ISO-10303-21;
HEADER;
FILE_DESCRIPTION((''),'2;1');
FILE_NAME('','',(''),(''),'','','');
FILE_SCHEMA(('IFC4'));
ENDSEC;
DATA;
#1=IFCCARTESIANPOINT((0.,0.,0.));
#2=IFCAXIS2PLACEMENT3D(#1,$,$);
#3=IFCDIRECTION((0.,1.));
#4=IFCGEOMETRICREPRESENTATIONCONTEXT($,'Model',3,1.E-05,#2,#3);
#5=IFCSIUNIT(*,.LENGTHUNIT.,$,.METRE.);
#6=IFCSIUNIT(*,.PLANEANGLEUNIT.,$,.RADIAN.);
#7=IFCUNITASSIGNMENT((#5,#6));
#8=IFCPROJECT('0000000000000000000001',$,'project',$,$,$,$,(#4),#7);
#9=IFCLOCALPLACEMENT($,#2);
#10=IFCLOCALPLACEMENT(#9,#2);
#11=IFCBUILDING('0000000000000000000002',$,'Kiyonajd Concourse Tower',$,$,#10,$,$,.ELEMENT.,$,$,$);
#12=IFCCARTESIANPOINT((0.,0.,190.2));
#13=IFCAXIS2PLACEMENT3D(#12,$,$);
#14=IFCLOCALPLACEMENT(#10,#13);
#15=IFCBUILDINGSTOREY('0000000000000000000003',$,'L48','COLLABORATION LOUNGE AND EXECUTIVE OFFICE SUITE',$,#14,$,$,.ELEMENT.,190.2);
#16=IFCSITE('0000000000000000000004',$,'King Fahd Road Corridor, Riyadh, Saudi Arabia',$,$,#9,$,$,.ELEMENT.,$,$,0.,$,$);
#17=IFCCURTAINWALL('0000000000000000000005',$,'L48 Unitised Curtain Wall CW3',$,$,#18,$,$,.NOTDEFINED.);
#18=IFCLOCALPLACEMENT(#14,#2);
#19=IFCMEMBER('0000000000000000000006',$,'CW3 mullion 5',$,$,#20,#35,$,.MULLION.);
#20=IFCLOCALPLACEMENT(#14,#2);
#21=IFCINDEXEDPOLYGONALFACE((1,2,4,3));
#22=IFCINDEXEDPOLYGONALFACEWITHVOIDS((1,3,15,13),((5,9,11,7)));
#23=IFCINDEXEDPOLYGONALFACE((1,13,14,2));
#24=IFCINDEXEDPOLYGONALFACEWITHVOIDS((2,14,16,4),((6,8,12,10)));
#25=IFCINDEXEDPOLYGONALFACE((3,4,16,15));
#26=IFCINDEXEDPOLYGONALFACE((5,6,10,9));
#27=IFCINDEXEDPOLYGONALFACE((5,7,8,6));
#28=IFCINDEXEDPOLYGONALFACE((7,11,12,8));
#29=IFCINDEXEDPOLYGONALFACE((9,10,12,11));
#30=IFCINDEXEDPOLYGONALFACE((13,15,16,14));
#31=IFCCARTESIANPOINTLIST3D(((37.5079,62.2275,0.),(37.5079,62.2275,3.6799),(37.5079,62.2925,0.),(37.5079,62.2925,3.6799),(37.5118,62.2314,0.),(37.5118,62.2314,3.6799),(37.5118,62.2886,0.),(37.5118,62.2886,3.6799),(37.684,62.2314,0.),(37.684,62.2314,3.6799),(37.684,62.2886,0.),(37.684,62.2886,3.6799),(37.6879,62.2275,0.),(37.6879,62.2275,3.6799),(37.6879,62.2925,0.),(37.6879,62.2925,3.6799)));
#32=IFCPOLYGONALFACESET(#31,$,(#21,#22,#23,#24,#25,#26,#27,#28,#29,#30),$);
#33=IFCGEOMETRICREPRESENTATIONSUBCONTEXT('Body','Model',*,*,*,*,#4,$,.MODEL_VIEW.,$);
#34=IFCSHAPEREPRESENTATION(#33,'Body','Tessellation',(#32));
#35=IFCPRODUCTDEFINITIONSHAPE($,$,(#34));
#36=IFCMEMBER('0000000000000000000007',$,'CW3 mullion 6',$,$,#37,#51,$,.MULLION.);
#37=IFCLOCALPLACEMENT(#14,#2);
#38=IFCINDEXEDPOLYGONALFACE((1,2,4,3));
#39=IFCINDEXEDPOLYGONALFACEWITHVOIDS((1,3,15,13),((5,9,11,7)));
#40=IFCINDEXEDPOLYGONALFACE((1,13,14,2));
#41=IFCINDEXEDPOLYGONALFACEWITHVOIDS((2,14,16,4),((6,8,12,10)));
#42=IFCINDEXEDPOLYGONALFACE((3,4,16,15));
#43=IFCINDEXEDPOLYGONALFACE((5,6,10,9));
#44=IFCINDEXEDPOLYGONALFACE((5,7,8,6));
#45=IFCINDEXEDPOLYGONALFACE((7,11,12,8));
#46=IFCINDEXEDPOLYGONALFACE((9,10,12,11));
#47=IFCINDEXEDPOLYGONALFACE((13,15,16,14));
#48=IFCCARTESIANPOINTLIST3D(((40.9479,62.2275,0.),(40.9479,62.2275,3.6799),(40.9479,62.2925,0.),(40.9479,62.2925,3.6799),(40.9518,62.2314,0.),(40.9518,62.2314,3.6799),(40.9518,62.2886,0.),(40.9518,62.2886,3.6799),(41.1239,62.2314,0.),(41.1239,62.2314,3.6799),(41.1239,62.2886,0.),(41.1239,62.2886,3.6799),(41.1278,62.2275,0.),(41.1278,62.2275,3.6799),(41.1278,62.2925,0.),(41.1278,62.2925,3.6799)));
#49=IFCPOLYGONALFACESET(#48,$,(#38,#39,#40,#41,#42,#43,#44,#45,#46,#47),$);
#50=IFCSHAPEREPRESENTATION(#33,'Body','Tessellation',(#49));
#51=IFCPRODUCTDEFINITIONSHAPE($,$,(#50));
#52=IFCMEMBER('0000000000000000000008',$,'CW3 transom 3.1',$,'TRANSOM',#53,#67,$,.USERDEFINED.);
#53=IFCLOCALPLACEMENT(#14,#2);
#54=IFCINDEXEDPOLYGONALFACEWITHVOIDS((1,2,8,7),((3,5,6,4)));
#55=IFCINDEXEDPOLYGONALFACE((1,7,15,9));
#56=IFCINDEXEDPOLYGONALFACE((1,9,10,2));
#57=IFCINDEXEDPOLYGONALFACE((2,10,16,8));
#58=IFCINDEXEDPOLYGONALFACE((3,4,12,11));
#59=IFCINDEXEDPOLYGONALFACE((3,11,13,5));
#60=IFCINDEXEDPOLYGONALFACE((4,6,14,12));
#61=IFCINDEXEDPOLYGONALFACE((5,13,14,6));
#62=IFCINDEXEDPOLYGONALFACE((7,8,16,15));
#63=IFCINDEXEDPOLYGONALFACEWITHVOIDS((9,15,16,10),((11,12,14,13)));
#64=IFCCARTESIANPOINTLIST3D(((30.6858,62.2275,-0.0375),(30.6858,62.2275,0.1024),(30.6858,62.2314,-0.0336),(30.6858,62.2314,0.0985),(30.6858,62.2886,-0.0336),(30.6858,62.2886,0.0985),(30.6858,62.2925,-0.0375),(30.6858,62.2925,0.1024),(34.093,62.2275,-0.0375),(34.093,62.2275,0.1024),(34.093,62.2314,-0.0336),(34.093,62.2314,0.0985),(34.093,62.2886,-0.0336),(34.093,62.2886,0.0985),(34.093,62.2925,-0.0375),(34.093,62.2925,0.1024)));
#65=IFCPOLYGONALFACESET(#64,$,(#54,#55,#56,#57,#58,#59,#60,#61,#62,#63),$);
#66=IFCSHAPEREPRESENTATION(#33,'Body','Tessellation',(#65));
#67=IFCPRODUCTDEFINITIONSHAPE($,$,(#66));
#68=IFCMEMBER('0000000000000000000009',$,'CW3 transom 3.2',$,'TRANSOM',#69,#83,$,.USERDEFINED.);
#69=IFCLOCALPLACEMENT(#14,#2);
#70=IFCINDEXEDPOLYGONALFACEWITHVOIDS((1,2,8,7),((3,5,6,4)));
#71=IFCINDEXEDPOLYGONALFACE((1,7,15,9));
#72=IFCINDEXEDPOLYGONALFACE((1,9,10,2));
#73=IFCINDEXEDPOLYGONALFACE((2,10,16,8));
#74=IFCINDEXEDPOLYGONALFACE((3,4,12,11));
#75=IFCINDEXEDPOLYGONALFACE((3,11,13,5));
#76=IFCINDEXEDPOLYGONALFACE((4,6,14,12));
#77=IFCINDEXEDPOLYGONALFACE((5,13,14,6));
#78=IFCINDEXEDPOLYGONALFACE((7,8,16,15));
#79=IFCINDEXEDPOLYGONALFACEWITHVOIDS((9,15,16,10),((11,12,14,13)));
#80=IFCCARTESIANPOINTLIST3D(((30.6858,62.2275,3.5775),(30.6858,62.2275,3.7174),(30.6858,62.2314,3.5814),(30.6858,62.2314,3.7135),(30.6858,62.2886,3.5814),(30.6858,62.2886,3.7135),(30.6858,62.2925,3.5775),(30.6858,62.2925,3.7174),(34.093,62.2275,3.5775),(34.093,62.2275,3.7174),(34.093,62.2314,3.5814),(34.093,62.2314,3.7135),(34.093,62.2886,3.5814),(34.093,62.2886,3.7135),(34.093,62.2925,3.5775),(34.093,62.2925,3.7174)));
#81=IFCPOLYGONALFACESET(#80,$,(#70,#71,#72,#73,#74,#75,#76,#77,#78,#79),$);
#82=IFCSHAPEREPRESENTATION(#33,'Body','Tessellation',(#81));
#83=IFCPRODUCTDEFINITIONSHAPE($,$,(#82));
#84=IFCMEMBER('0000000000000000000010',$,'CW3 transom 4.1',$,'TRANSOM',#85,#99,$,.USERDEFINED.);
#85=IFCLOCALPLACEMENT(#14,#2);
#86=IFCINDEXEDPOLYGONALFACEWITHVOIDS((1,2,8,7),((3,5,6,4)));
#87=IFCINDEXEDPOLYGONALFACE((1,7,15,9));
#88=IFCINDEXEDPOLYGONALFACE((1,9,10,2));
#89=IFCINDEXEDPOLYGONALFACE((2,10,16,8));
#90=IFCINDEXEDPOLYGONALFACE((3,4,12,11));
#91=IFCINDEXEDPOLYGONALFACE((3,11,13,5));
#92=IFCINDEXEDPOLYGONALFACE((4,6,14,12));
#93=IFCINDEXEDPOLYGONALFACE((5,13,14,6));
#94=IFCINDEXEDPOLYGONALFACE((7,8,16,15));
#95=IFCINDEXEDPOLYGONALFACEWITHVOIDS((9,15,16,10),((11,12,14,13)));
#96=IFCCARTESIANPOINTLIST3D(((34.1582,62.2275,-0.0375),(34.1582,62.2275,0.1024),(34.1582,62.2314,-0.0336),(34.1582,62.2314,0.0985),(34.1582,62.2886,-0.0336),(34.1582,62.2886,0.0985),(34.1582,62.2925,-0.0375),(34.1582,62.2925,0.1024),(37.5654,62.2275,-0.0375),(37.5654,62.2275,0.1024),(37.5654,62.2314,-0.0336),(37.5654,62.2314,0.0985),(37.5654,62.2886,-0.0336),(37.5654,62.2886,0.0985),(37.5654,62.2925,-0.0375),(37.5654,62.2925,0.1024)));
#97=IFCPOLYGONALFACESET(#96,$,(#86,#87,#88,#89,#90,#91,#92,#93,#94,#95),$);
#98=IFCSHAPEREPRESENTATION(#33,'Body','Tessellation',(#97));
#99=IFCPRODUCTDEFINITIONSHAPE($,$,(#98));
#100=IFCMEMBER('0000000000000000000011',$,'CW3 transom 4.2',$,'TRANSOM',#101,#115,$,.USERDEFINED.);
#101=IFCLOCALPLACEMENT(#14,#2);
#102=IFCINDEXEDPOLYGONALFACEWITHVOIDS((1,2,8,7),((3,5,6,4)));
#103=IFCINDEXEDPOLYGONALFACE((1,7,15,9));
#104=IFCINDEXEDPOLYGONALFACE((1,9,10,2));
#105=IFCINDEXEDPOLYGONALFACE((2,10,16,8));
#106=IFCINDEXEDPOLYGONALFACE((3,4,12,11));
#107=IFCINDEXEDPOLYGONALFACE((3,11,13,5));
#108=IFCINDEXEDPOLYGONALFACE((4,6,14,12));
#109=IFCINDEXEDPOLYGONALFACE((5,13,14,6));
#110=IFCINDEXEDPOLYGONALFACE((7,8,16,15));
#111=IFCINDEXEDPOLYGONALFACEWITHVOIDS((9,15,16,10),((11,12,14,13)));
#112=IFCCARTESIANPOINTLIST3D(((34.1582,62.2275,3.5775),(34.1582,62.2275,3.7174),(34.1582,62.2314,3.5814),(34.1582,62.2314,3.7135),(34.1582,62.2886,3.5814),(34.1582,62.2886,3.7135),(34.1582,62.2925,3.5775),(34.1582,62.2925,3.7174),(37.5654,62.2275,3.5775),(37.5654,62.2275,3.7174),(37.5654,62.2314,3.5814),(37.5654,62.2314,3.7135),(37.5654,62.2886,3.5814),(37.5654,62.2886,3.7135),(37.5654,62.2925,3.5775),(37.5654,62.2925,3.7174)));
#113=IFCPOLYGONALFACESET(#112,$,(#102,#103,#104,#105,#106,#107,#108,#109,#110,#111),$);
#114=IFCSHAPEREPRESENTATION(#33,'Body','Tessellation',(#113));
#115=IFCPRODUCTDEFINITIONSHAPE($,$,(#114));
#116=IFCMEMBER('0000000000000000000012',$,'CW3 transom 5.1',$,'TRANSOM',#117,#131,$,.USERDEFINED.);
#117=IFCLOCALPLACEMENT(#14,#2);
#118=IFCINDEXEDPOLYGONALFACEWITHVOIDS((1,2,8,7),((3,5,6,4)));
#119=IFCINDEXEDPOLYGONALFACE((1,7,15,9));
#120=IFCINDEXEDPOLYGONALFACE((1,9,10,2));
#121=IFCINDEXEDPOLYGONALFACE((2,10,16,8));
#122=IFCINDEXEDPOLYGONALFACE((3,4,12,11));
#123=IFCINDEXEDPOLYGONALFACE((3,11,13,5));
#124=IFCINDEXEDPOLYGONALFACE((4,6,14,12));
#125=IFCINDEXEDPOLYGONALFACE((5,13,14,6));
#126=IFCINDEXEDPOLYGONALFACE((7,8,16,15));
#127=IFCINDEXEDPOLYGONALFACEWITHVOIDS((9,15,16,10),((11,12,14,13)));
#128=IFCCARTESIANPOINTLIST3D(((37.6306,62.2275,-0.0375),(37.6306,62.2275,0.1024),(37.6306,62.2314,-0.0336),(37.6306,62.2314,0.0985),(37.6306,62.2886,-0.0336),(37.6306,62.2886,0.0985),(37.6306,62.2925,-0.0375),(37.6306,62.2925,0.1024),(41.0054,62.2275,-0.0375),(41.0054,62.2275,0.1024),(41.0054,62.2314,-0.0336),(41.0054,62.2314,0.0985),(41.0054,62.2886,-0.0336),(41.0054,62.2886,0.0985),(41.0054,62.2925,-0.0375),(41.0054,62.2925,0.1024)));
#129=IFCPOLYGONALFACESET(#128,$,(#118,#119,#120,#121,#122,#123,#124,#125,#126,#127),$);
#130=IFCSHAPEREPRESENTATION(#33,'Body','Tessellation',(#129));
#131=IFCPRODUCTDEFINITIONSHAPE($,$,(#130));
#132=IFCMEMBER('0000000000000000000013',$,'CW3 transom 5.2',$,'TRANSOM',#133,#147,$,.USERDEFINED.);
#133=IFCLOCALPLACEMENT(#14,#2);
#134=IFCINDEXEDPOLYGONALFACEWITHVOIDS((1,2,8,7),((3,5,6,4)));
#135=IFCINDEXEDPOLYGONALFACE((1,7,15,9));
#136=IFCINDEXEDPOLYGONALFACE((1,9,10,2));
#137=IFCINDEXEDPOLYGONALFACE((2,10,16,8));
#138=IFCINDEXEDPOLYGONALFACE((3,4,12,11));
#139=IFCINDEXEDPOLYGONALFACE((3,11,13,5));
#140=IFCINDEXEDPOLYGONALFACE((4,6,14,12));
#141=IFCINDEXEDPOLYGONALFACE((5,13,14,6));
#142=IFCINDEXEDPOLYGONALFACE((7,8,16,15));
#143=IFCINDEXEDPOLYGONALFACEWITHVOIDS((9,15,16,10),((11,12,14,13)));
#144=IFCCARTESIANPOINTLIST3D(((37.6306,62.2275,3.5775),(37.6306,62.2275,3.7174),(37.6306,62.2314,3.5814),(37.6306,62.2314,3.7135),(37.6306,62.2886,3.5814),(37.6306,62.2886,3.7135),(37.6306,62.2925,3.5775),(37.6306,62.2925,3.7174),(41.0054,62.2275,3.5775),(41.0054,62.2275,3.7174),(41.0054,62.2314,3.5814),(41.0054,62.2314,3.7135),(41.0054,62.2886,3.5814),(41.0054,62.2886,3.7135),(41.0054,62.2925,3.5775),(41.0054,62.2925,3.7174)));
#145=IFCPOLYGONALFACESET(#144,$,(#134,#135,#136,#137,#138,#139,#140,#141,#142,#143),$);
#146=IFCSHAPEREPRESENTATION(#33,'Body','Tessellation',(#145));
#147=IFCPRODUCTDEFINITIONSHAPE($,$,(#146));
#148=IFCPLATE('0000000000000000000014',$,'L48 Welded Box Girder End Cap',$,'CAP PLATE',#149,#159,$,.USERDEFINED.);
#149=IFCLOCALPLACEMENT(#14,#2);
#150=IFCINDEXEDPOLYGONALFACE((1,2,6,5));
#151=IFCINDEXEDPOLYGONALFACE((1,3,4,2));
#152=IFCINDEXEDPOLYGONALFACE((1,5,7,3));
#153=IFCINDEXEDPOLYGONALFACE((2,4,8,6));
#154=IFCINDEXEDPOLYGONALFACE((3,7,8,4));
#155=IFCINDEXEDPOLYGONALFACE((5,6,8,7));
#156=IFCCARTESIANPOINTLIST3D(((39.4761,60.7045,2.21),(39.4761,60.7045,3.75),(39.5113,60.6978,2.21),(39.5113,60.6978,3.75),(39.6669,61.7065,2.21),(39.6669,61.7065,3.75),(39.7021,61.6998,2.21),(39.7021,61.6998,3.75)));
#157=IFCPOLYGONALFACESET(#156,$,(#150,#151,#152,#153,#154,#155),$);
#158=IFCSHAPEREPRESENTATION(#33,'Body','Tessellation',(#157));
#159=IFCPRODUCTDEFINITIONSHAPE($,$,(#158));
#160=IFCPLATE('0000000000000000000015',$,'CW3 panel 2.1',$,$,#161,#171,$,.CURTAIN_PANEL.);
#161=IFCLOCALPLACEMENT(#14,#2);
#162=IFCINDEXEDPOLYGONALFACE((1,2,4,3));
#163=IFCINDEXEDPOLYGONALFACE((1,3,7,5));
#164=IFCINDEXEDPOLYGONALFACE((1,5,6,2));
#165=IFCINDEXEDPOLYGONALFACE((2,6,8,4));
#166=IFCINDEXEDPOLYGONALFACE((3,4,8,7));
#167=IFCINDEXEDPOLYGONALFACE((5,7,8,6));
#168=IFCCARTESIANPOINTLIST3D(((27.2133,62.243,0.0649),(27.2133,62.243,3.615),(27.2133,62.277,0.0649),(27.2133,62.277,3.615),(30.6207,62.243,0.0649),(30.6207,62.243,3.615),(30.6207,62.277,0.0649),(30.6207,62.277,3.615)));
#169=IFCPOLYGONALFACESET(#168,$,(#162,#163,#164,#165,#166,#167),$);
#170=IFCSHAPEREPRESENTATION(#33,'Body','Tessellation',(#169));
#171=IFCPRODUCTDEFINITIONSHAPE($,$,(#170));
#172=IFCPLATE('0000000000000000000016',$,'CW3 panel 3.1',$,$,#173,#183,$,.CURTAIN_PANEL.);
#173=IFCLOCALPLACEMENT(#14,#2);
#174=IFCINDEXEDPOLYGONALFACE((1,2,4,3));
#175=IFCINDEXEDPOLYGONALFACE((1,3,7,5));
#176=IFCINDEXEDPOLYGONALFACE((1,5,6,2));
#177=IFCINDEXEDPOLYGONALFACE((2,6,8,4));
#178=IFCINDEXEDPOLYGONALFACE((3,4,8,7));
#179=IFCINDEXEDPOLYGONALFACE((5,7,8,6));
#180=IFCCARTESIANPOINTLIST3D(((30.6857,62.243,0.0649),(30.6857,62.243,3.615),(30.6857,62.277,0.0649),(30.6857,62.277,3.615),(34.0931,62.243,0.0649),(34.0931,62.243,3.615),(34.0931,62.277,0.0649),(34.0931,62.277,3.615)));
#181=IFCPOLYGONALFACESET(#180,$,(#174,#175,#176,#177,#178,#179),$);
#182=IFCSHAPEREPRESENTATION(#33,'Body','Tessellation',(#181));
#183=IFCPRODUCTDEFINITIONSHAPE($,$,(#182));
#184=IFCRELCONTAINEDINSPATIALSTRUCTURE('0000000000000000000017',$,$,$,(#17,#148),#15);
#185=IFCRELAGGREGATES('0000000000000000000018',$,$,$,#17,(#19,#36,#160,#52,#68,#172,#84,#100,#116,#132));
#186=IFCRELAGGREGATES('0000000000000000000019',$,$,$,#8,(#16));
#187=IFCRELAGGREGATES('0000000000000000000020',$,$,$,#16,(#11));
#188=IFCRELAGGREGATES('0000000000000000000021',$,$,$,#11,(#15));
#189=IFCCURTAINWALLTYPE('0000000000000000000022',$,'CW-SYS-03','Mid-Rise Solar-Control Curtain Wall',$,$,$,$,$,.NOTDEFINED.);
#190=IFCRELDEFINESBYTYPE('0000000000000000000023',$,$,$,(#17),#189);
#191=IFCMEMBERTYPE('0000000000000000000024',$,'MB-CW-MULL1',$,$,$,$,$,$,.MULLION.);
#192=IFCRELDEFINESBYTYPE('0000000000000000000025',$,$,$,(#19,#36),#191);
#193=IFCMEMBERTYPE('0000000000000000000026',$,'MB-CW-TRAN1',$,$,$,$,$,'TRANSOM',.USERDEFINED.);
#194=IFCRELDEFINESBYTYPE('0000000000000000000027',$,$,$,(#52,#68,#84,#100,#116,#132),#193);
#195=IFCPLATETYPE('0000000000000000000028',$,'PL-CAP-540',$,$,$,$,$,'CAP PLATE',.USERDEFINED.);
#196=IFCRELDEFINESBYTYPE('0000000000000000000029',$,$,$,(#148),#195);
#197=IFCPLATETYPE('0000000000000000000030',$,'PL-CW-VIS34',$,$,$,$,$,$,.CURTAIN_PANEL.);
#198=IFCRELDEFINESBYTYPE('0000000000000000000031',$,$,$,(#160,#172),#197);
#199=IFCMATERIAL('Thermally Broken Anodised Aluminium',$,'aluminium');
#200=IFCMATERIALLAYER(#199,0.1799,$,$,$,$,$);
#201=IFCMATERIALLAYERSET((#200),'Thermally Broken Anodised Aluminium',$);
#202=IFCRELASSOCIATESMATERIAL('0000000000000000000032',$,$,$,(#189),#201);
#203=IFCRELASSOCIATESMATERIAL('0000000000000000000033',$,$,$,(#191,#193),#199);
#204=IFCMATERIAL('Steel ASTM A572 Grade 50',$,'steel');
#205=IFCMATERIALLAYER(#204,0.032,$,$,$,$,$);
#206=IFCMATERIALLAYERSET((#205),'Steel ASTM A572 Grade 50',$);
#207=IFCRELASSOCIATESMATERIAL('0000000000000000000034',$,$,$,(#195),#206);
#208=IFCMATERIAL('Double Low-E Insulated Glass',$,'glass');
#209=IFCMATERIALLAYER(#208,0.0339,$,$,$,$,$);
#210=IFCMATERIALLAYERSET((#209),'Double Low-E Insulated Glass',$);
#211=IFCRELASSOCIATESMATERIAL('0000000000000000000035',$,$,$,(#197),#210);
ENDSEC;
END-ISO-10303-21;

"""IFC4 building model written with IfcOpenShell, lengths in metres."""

from ifc_helpers import new_model, si_unit, direction, frame, origin, origin_2d, place, context, subcontext, project, spatial, rectangle, hollow_rectangle, extrude, material, layer, layer_set, material_profile, profile_set, type_object, element, aggregate, save


model = new_model("IFC4")

# Units and contexts
model_context = context("Model", 3, precision=1e-05, world=origin(), true_north=direction((0.0, 1.0)))
body_context = subcontext(model_context, "Body", "Model", "MODEL_VIEW")
ifc_project = project(units=[si_unit("LENGTHUNIT", "METRE"), si_unit("PLANEANGLEUNIT", "RADIAN")], contexts=[model_context])

# Site, building, storey
site_placement = place(None, origin())
site = spatial("IfcSite", under=ifc_project, at=site_placement, Name="King Fahd Road Corridor, Riyadh, Saudi Arabia", CompositionType="ELEMENT", RefElevation=0.0)
building_placement = place(site_placement, origin())
building = spatial("IfcBuilding", under=site, at=building_placement, Name="Kiyonajd Concourse Tower", CompositionType="ELEMENT")
storey_placement = place(building_placement, frame((0.0, 0.0, 190.2)))
storey = spatial("IfcBuildingStorey", under=building, at=storey_placement, Name="L48", Description="COLLABORATION LOUNGE AND EXECUTIVE OFFICE SUITE", CompositionType="ELEMENT", Elevation=190.2)

# Curtain wall, members
ifc_material_1 = material(Name="Thermally Broken Anodised Aluminium", Category="aluminium")
ifc_layer_1 = layer(ifc_material_1, 0.1799)
ifc_layer_set_1 = layer_set([ifc_layer_1], Name="Thermally Broken Anodised Aluminium")
curtain_wall_type = type_object("IfcCurtainWallType", Name="CW-SYS-03", Description="Mid-Rise Solar-Control Curtain Wall", PredefinedType="NOTDEFINED", material=ifc_layer_set_1)
curtain_wall_placement = place(storey_placement, origin())
curtain_wall = element("IfcCurtainWall", 1, at=curtain_wall_placement, inside=storey, type_object=curtain_wall_type, Name="L48 Unitised Curtain Wall CW3", PredefinedType="NOTDEFINED")
ifc_material_profile_1 = material_profile(ifc_material_1, hollow_rectangle(XDim=0.0649, YDim=0.1799, WallThickness=0.0039, at=origin_2d()), Name="MULL-65x180")
ifc_profile_set_1 = profile_set([ifc_material_profile_1], Name="Thermally Broken Anodised Aluminium")
member_type_1 = type_object("IfcMemberType", Name="MB-CW-MULL1", PredefinedType="MULLION", material=ifc_profile_set_1)
member_1_placement = place(storey_placement, frame((37.5979, 62.26, 0.0), z_axis=(0.0, 0.0, 1.0), x_axis=(0.0, 1.0, 0.0)))
member_1 = element("IfcMember", 2, at=member_1_placement, type_object=member_type_1, Name="CW3 mullion 5", PredefinedType="MULLION", context=body_context, shape_type="SweptSolid", body=[
    extrude(hollow_rectangle(XDim=0.0649, YDim=0.1799, WallThickness=0.0039, at=origin_2d()), origin(), (0.0, 0.0, 1.0), 3.6799),
])
member_2_placement = place(storey_placement, frame((41.0378, 62.26, 0.0), z_axis=(0.0, 0.0, 1.0), x_axis=(0.0, 1.0, 0.0)))
member_2 = element("IfcMember", 3, at=member_2_placement, type_object=member_type_1, Name="CW3 mullion 6", PredefinedType="MULLION", context=body_context, shape_type="SweptSolid", body=[
    extrude(hollow_rectangle(XDim=0.0649, YDim=0.1799, WallThickness=0.0039, at=origin_2d()), origin(), (0.0, 0.0, 1.0), 3.6799),
])
ifc_material_profile_2 = material_profile(ifc_material_1, hollow_rectangle(XDim=0.0649, YDim=0.1399, WallThickness=0.0039, at=origin_2d()), Name="TRAN-65x140")
ifc_profile_set_2 = profile_set([ifc_material_profile_2], Name="Thermally Broken Anodised Aluminium")
member_type_2 = type_object("IfcMemberType", Name="MB-CW-TRAN1", ElementType="TRANSOM", PredefinedType="USERDEFINED", material=ifc_profile_set_2)
member_3_placement = place(storey_placement, frame((30.6858, 62.26, 0.0325), z_axis=(1.0, 0.0, 0.0), x_axis=(0.0, 1.0, 0.0)))
member_3 = element("IfcMember", 4, at=member_3_placement, type_object=member_type_2, Name="CW3 transom 3.1", ObjectType="TRANSOM", PredefinedType="USERDEFINED", context=body_context, shape_type="SweptSolid", body=[
    extrude(hollow_rectangle(XDim=0.0649, YDim=0.1399, WallThickness=0.0039, at=origin_2d()), origin(), (0.0, 0.0, 1.0), 3.4072),
])
member_4_placement = place(storey_placement, frame((30.6858, 62.26, 3.6475), z_axis=(1.0, 0.0, 0.0), x_axis=(0.0, 1.0, 0.0)))
member_4 = element("IfcMember", 5, at=member_4_placement, type_object=member_type_2, Name="CW3 transom 3.2", ObjectType="TRANSOM", PredefinedType="USERDEFINED", context=body_context, shape_type="SweptSolid", body=[
    extrude(hollow_rectangle(XDim=0.0649, YDim=0.1399, WallThickness=0.0039, at=origin_2d()), origin(), (0.0, 0.0, 1.0), 3.4072),
])
member_5_placement = place(storey_placement, frame((34.1582, 62.26, 0.0325), z_axis=(1.0, 0.0, 0.0), x_axis=(0.0, 1.0, 0.0)))
member_5 = element("IfcMember", 6, at=member_5_placement, type_object=member_type_2, Name="CW3 transom 4.1", ObjectType="TRANSOM", PredefinedType="USERDEFINED", context=body_context, shape_type="SweptSolid", body=[
    extrude(hollow_rectangle(XDim=0.0649, YDim=0.1399, WallThickness=0.0039, at=origin_2d()), origin(), (0.0, 0.0, 1.0), 3.4072),
])
member_6_placement = place(storey_placement, frame((34.1582, 62.26, 3.6475), z_axis=(1.0, 0.0, 0.0), x_axis=(0.0, 1.0, 0.0)))
member_6 = element("IfcMember", 7, at=member_6_placement, type_object=member_type_2, Name="CW3 transom 4.2", ObjectType="TRANSOM", PredefinedType="USERDEFINED", context=body_context, shape_type="SweptSolid", body=[
    extrude(hollow_rectangle(XDim=0.0649, YDim=0.1399, WallThickness=0.0039, at=origin_2d()), origin(), (0.0, 0.0, 1.0), 3.4072),
])
member_7_placement = place(storey_placement, frame((37.6306, 62.26, 0.0325), z_axis=(1.0, 0.0, 0.0), x_axis=(0.0, 1.0, 0.0)))
member_7 = element("IfcMember", 8, at=member_7_placement, type_object=member_type_2, Name="CW3 transom 5.1", ObjectType="TRANSOM", PredefinedType="USERDEFINED", context=body_context, shape_type="SweptSolid", body=[
    extrude(hollow_rectangle(XDim=0.0649, YDim=0.1399, WallThickness=0.0039, at=origin_2d()), origin(), (0.0, 0.0, 1.0), 3.3748),
])
member_8_placement = place(storey_placement, frame((37.6306, 62.26, 3.6475), z_axis=(1.0, 0.0, 0.0), x_axis=(0.0, 1.0, 0.0)))
member_8 = element("IfcMember", 9, at=member_8_placement, type_object=member_type_2, Name="CW3 transom 5.2", ObjectType="TRANSOM", PredefinedType="USERDEFINED", context=body_context, shape_type="SweptSolid", body=[
    extrude(hollow_rectangle(XDim=0.0649, YDim=0.1399, WallThickness=0.0039, at=origin_2d()), origin(), (0.0, 0.0, 1.0), 3.3748),
])

# Plates
ifc_material_2 = material(Name="Steel ASTM A572 Grade 50", Category="steel")
ifc_layer_2 = layer(ifc_material_2, 0.032)
ifc_layer_set_2 = layer_set([ifc_layer_2], Name="Steel ASTM A572 Grade 50")
plate_type_1 = type_object("IfcPlateType", Name="PL-CAP-540", ElementType="CAP PLATE", PredefinedType="USERDEFINED", material=ifc_layer_set_2)
plate_1_placement = place(storey_placement, frame((39.5891, 61.2021, 2.21), z_axis=(0.0, 0.0, 1.0), x_axis=(-0.982353, 0.187038, 0.0)))
element("IfcPlate", 10, at=plate_1_placement, inside=storey, type_object=plate_type_1, Name="L48 Welded Box Girder End Cap", ObjectType="CAP PLATE", PredefinedType="USERDEFINED", context=body_context, shape_type="SweptSolid", body=[
    extrude(rectangle(XDim=0.0359, YDim=1.02, at=origin_2d()), origin(), (0.0, 0.0, 1.0), 1.54),
])
ifc_material_3 = material(Name="Double Low-E Insulated Glass", Category="glass")
ifc_layer_3 = layer(ifc_material_3, 0.0339)
ifc_layer_set_3 = layer_set([ifc_layer_3], Name="Double Low-E Insulated Glass")
plate_type_2 = type_object("IfcPlateType", Name="PL-CW-VIS34", PredefinedType="CURTAIN_PANEL", material=ifc_layer_set_3)
plate_2_placement = place(storey_placement, frame((28.917, 62.26, 0.0649), z_axis=(0.0, 0.0, 1.0), x_axis=(1.0, 0.0, 0.0)))
plate_2 = element("IfcPlate", 11, at=plate_2_placement, type_object=plate_type_2, Name="CW3 panel 2.1", PredefinedType="CURTAIN_PANEL", context=body_context, shape_type="SweptSolid", body=[
    extrude(rectangle(XDim=3.4075, YDim=0.0339, at=origin_2d()), origin(), (0.0, 0.0, 1.0), 3.55),
])
plate_3_placement = place(storey_placement, frame((32.3894, 62.26, 0.0649), z_axis=(0.0, 0.0, 1.0), x_axis=(1.0, 0.0, 0.0)))
plate_3 = element("IfcPlate", 12, at=plate_3_placement, type_object=plate_type_2, Name="CW3 panel 3.1", PredefinedType="CURTAIN_PANEL", context=body_context, shape_type="SweptSolid", body=[
    extrude(rectangle(XDim=3.4075, YDim=0.0339, at=origin_2d()), origin(), (0.0, 0.0, 1.0), 3.55),
])
aggregate(curtain_wall, [member_1, member_2, plate_2, member_3, member_4, plate_3, member_5, member_6, member_7, member_8])

save(model, "model.ifc")
